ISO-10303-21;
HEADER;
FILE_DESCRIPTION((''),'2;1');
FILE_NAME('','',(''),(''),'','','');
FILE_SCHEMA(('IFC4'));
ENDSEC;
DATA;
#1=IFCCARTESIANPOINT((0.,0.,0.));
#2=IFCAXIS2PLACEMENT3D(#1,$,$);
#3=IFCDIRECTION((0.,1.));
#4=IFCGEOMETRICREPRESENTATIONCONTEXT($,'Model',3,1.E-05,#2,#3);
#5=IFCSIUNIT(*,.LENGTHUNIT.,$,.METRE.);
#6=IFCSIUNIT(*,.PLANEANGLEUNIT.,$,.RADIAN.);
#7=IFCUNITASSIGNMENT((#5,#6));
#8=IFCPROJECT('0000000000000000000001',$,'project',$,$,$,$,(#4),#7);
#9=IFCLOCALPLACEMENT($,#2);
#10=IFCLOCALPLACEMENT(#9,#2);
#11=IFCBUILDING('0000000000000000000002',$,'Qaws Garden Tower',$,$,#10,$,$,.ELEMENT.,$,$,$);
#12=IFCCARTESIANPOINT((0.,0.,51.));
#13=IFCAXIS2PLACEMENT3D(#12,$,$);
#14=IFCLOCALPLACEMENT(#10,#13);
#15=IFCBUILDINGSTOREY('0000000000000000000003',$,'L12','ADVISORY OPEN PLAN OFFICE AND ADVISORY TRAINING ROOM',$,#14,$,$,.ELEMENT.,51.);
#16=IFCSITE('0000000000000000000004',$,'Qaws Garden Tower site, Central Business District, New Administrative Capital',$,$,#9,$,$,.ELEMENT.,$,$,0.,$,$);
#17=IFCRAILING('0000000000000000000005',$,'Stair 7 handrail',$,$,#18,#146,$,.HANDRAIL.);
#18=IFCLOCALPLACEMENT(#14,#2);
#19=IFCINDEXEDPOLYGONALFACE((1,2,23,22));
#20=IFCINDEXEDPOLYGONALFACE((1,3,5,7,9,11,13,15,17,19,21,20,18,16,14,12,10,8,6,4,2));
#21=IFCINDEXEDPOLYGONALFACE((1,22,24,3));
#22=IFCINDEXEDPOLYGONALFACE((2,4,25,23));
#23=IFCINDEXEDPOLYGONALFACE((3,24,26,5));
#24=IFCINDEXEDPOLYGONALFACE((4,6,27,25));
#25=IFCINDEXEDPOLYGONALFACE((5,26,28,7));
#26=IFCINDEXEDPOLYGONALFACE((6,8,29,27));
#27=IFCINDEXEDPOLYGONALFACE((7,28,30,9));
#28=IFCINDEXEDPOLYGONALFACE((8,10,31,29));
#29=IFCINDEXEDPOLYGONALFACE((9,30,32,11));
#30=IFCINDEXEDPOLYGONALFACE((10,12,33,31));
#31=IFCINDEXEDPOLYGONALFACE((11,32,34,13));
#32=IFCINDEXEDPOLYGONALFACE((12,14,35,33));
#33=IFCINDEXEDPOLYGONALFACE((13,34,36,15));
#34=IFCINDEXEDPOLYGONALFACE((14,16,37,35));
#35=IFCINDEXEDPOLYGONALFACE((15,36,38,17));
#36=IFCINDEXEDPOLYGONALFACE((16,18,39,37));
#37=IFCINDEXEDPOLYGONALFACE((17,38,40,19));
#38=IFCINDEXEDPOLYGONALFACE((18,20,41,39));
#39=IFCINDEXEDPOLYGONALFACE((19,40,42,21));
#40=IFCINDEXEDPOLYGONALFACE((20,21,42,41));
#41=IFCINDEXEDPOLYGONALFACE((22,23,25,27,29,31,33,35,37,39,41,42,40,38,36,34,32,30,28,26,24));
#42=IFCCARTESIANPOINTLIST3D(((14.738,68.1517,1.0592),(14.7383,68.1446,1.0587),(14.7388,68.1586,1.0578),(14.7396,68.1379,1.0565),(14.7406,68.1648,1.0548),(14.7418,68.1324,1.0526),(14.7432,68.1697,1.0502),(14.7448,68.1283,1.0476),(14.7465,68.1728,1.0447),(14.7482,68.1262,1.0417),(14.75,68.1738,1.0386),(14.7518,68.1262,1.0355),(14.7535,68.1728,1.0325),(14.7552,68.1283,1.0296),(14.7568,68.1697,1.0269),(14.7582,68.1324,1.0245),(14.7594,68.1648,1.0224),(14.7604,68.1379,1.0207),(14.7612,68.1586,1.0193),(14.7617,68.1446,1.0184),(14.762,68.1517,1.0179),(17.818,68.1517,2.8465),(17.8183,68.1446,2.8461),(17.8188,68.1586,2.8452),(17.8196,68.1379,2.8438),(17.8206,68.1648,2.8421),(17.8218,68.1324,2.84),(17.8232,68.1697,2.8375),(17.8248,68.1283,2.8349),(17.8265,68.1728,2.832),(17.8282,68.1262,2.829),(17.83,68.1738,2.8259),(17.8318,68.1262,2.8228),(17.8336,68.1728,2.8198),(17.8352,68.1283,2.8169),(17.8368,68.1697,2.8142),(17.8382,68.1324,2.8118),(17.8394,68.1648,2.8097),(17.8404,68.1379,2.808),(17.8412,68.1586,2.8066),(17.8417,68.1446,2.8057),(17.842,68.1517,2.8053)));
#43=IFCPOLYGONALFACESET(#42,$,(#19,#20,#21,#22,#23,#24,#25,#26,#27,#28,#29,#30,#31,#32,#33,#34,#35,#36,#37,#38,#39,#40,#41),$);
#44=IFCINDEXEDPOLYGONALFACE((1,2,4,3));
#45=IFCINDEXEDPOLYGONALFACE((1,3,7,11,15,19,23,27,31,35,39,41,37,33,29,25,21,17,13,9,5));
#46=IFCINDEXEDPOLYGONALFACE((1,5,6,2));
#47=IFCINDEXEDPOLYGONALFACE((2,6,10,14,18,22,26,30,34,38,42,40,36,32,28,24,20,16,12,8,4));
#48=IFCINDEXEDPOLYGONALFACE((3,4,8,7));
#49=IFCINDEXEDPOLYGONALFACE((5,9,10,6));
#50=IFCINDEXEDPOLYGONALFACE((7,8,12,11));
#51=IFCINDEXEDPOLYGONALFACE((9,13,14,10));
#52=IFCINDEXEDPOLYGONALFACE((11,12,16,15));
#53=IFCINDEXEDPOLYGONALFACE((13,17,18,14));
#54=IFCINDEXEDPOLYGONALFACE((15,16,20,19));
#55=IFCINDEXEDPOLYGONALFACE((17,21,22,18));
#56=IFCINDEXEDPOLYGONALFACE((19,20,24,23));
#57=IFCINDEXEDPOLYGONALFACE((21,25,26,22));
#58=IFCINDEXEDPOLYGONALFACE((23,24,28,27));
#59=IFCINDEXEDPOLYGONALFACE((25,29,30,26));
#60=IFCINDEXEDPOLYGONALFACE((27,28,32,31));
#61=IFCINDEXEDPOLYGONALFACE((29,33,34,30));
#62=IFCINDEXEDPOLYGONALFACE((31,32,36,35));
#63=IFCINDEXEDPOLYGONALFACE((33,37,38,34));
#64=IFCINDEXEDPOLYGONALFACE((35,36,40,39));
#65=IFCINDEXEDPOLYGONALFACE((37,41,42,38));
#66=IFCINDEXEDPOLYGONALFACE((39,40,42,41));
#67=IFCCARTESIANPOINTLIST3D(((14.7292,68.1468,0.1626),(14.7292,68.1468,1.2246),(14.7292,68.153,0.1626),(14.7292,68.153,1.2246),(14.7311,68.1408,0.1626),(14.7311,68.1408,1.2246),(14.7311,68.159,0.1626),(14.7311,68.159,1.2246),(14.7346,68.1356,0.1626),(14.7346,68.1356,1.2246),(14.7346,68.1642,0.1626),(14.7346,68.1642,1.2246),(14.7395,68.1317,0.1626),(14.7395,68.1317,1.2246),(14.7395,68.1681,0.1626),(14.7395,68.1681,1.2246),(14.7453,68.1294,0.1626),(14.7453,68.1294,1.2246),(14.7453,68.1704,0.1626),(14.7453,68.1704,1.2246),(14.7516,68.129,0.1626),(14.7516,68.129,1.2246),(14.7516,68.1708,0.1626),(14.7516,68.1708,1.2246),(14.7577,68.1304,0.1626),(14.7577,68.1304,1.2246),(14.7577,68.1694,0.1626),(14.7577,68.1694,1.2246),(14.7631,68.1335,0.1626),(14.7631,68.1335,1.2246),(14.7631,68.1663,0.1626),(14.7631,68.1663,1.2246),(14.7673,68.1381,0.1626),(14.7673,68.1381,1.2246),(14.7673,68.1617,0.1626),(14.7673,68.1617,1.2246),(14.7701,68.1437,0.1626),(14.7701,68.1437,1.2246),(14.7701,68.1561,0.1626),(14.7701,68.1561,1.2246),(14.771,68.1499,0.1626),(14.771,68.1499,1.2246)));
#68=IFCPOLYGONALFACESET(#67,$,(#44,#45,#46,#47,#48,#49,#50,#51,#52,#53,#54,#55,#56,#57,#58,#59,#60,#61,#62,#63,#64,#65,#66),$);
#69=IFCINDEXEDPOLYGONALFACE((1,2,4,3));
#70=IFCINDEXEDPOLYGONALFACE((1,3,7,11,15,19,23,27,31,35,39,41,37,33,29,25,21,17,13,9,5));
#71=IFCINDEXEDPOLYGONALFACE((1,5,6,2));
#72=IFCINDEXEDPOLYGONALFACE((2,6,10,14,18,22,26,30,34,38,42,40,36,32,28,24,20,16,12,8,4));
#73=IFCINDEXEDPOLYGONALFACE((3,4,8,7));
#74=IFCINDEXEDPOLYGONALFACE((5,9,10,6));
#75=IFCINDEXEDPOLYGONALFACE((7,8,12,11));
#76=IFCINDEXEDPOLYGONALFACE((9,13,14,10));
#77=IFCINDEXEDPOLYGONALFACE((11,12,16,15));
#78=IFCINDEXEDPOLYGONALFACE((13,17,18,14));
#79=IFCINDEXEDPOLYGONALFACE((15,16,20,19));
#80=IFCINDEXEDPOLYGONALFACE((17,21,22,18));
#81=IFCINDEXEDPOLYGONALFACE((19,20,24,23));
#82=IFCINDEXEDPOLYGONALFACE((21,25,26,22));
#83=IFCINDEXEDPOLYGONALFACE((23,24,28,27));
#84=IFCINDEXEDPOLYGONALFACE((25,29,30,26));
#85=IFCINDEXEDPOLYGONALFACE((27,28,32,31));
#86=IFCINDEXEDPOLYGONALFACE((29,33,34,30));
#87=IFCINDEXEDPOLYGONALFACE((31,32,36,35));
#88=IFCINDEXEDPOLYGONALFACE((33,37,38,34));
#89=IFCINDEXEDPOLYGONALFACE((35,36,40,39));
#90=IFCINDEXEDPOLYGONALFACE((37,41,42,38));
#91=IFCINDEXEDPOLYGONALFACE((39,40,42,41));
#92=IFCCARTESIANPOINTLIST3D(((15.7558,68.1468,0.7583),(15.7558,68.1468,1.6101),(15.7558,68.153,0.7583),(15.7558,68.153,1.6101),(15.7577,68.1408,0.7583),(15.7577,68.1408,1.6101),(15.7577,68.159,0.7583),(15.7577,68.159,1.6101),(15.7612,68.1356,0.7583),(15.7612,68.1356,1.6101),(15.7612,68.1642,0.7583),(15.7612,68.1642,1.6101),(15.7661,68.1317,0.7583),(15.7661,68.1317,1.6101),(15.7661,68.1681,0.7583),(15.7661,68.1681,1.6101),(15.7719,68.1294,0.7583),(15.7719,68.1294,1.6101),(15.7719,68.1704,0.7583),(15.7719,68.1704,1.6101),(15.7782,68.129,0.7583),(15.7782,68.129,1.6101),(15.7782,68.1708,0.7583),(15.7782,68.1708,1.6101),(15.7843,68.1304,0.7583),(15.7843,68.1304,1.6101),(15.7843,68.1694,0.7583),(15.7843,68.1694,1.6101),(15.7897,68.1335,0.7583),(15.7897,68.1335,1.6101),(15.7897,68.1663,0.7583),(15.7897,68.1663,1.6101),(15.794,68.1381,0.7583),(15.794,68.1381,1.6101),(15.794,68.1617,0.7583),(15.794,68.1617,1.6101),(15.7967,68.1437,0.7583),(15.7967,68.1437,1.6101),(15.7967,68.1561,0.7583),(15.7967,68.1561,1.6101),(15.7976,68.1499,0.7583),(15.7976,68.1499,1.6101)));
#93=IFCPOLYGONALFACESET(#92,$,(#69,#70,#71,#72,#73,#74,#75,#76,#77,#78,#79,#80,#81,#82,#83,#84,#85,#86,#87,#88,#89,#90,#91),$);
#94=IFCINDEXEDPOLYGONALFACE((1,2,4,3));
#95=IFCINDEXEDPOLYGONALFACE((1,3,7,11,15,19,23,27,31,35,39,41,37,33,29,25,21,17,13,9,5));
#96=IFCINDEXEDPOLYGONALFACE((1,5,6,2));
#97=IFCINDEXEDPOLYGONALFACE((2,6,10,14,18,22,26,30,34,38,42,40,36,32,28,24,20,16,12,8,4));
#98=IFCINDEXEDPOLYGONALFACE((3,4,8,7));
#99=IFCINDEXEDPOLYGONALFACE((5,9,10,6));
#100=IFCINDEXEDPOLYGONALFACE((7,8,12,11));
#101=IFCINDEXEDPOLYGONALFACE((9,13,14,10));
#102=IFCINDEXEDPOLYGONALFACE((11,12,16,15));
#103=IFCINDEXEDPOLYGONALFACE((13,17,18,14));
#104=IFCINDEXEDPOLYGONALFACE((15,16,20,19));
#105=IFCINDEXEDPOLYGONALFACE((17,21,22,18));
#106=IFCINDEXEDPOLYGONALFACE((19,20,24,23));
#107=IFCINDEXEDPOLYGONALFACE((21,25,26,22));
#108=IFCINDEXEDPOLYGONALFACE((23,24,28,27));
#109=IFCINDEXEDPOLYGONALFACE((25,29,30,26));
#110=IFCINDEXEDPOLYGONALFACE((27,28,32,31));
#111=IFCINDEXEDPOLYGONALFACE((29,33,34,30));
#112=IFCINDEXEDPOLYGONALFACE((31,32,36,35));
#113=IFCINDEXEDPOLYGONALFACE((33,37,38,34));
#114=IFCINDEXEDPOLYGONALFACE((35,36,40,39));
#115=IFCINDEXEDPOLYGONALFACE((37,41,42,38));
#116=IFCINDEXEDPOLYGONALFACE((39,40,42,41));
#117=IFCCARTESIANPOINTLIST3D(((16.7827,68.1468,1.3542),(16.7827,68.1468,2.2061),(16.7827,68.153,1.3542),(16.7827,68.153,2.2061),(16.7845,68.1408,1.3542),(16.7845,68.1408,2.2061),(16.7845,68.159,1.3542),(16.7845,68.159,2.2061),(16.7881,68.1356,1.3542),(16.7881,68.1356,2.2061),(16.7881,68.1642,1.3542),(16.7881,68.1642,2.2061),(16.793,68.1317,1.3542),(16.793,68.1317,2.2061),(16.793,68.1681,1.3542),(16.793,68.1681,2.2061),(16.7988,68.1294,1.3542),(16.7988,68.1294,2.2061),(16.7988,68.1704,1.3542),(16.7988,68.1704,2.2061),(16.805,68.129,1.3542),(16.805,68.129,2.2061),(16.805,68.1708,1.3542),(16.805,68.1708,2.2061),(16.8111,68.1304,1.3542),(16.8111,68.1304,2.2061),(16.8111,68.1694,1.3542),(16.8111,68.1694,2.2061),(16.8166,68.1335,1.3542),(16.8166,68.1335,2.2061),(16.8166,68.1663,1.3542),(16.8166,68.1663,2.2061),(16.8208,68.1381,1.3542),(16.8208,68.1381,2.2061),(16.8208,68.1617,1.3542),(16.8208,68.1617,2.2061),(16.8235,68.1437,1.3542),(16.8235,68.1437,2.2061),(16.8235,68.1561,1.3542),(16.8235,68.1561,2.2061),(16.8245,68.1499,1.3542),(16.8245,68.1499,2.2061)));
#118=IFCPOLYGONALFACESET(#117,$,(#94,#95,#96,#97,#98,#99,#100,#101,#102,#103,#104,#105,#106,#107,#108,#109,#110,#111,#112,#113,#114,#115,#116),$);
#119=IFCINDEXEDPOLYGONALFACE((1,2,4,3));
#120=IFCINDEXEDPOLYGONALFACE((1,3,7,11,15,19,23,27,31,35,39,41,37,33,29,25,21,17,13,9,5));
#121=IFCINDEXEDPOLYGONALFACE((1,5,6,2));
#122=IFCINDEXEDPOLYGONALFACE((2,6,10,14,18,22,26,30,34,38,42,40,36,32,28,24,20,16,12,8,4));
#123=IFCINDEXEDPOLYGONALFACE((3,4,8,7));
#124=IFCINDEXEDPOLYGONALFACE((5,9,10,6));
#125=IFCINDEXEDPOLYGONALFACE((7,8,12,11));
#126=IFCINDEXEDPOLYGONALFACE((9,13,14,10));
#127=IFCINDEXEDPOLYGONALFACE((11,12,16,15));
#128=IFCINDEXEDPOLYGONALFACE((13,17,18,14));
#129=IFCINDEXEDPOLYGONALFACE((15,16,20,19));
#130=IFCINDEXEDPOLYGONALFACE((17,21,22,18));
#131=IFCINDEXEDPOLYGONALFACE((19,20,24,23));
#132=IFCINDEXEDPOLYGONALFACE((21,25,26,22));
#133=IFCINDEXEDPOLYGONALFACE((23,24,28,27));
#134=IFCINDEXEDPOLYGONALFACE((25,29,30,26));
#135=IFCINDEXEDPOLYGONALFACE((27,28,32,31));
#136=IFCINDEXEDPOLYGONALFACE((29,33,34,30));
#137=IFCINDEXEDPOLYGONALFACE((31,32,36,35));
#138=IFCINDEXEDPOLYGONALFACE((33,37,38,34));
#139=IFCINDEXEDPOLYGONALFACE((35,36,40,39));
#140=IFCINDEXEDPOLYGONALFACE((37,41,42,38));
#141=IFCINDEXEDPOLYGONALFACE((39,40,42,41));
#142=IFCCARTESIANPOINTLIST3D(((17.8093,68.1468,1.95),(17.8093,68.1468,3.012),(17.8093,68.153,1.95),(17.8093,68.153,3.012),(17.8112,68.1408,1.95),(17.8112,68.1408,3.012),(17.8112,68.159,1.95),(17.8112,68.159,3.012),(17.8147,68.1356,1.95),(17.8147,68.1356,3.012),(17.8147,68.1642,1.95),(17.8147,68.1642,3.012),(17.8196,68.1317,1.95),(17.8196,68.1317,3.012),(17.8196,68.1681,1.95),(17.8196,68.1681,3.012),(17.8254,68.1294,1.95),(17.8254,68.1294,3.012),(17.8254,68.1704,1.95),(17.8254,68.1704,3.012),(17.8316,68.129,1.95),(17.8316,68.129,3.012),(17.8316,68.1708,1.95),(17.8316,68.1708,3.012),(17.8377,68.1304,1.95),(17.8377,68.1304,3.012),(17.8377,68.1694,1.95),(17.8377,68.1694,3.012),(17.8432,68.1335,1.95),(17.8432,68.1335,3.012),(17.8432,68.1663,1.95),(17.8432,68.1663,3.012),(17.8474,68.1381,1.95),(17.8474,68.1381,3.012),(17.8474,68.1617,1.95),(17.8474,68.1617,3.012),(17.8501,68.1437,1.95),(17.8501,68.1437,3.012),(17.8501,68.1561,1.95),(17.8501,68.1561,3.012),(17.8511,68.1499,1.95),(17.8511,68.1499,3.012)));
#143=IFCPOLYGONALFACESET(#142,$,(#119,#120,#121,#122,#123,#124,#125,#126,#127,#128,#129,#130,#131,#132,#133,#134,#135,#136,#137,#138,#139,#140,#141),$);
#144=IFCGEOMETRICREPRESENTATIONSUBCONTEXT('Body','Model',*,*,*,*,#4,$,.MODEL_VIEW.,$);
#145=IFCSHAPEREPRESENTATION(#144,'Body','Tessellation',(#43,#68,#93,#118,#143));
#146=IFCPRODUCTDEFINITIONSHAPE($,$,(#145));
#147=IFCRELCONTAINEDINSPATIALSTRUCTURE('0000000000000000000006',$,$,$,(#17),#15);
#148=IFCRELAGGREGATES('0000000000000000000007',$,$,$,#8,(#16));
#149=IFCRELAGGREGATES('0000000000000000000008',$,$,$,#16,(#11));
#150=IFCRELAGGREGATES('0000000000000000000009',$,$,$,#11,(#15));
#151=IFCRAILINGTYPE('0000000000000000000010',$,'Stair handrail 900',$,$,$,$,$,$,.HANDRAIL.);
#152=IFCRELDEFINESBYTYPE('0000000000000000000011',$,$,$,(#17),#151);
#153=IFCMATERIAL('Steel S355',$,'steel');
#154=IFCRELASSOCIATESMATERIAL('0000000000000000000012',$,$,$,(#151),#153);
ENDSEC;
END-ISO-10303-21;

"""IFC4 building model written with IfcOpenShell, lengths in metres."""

from ifc_helpers import new_model, si_unit, direction, frame, origin, origin_2d, place, context, subcontext, project, spatial, circle, extrude, material, type_object, element, save


model = new_model("IFC4")

# Units and contexts
model_context = context("Model", 3, precision=1e-05, world=origin(), true_north=direction((0.0, 1.0)))
body_context = subcontext(model_context, "Body", "Model", "MODEL_VIEW")
ifc_project = project(units=[si_unit("LENGTHUNIT", "METRE"), si_unit("PLANEANGLEUNIT", "RADIAN")], contexts=[model_context])

# Site, building, storey
site_placement = place(None, origin())
site = spatial("IfcSite", under=ifc_project, at=site_placement, Name="Qaws Garden Tower site, Central Business District, New Administrative Capital", CompositionType="ELEMENT", RefElevation=0.0)
building_placement = place(site_placement, origin())
building = spatial("IfcBuilding", under=site, at=building_placement, Name="Qaws Garden Tower", CompositionType="ELEMENT")
storey_placement = place(building_placement, frame((0.0, 0.0, 51.0)))
storey = spatial("IfcBuildingStorey", under=building, at=storey_placement, Name="L12", Description="ADVISORY OPEN PLAN OFFICE AND ADVISORY TRAINING ROOM", CompositionType="ELEMENT", Elevation=51.0)

# Railing
ifc_material_1 = material(Name="Steel S355", Category="steel")
railing_type = type_object("IfcRailingType", Name="Stair handrail 900", PredefinedType="HANDRAIL", material=ifc_material_1)
railing_1_placement = place(storey_placement, frame((14.75, 68.1499, 0.1626)))
element("IfcRailing", 1, at=railing_1_placement, inside=storey, type_object=railing_type, Name="Stair 7 handrail", PredefinedType="HANDRAIL", context=body_context, shape_type="SweptSolid", body=[
    extrude(circle(Radius=0.0239, at=origin_2d()), frame((0.0, 0.0, 0.876), z_axis=(0.86492, 0.0, 0.501909), x_axis=(0.0, 1.0, 0.0)), (0.0, 0.0, 1.0), 3.561),
    extrude(circle(Radius=0.021, at=origin_2d()), origin(), (0.0, 0.0, 1.0), 1.062),
    extrude(circle(Radius=0.021, at=origin_2d()), frame((1.0266, 0.0, 0.5957)), (0.0, 0.0, 1.0), 0.8518),
    extrude(circle(Radius=0.021, at=origin_2d()), frame((2.0535, 0.0, 1.1917)), (0.0, 0.0, 1.0), 0.8518),
    extrude(circle(Radius=0.021, at=origin_2d()), frame((3.0801, 0.0, 1.7874)), (0.0, 0.0, 1.0), 1.062),
])

save(model, "model.ifc")
